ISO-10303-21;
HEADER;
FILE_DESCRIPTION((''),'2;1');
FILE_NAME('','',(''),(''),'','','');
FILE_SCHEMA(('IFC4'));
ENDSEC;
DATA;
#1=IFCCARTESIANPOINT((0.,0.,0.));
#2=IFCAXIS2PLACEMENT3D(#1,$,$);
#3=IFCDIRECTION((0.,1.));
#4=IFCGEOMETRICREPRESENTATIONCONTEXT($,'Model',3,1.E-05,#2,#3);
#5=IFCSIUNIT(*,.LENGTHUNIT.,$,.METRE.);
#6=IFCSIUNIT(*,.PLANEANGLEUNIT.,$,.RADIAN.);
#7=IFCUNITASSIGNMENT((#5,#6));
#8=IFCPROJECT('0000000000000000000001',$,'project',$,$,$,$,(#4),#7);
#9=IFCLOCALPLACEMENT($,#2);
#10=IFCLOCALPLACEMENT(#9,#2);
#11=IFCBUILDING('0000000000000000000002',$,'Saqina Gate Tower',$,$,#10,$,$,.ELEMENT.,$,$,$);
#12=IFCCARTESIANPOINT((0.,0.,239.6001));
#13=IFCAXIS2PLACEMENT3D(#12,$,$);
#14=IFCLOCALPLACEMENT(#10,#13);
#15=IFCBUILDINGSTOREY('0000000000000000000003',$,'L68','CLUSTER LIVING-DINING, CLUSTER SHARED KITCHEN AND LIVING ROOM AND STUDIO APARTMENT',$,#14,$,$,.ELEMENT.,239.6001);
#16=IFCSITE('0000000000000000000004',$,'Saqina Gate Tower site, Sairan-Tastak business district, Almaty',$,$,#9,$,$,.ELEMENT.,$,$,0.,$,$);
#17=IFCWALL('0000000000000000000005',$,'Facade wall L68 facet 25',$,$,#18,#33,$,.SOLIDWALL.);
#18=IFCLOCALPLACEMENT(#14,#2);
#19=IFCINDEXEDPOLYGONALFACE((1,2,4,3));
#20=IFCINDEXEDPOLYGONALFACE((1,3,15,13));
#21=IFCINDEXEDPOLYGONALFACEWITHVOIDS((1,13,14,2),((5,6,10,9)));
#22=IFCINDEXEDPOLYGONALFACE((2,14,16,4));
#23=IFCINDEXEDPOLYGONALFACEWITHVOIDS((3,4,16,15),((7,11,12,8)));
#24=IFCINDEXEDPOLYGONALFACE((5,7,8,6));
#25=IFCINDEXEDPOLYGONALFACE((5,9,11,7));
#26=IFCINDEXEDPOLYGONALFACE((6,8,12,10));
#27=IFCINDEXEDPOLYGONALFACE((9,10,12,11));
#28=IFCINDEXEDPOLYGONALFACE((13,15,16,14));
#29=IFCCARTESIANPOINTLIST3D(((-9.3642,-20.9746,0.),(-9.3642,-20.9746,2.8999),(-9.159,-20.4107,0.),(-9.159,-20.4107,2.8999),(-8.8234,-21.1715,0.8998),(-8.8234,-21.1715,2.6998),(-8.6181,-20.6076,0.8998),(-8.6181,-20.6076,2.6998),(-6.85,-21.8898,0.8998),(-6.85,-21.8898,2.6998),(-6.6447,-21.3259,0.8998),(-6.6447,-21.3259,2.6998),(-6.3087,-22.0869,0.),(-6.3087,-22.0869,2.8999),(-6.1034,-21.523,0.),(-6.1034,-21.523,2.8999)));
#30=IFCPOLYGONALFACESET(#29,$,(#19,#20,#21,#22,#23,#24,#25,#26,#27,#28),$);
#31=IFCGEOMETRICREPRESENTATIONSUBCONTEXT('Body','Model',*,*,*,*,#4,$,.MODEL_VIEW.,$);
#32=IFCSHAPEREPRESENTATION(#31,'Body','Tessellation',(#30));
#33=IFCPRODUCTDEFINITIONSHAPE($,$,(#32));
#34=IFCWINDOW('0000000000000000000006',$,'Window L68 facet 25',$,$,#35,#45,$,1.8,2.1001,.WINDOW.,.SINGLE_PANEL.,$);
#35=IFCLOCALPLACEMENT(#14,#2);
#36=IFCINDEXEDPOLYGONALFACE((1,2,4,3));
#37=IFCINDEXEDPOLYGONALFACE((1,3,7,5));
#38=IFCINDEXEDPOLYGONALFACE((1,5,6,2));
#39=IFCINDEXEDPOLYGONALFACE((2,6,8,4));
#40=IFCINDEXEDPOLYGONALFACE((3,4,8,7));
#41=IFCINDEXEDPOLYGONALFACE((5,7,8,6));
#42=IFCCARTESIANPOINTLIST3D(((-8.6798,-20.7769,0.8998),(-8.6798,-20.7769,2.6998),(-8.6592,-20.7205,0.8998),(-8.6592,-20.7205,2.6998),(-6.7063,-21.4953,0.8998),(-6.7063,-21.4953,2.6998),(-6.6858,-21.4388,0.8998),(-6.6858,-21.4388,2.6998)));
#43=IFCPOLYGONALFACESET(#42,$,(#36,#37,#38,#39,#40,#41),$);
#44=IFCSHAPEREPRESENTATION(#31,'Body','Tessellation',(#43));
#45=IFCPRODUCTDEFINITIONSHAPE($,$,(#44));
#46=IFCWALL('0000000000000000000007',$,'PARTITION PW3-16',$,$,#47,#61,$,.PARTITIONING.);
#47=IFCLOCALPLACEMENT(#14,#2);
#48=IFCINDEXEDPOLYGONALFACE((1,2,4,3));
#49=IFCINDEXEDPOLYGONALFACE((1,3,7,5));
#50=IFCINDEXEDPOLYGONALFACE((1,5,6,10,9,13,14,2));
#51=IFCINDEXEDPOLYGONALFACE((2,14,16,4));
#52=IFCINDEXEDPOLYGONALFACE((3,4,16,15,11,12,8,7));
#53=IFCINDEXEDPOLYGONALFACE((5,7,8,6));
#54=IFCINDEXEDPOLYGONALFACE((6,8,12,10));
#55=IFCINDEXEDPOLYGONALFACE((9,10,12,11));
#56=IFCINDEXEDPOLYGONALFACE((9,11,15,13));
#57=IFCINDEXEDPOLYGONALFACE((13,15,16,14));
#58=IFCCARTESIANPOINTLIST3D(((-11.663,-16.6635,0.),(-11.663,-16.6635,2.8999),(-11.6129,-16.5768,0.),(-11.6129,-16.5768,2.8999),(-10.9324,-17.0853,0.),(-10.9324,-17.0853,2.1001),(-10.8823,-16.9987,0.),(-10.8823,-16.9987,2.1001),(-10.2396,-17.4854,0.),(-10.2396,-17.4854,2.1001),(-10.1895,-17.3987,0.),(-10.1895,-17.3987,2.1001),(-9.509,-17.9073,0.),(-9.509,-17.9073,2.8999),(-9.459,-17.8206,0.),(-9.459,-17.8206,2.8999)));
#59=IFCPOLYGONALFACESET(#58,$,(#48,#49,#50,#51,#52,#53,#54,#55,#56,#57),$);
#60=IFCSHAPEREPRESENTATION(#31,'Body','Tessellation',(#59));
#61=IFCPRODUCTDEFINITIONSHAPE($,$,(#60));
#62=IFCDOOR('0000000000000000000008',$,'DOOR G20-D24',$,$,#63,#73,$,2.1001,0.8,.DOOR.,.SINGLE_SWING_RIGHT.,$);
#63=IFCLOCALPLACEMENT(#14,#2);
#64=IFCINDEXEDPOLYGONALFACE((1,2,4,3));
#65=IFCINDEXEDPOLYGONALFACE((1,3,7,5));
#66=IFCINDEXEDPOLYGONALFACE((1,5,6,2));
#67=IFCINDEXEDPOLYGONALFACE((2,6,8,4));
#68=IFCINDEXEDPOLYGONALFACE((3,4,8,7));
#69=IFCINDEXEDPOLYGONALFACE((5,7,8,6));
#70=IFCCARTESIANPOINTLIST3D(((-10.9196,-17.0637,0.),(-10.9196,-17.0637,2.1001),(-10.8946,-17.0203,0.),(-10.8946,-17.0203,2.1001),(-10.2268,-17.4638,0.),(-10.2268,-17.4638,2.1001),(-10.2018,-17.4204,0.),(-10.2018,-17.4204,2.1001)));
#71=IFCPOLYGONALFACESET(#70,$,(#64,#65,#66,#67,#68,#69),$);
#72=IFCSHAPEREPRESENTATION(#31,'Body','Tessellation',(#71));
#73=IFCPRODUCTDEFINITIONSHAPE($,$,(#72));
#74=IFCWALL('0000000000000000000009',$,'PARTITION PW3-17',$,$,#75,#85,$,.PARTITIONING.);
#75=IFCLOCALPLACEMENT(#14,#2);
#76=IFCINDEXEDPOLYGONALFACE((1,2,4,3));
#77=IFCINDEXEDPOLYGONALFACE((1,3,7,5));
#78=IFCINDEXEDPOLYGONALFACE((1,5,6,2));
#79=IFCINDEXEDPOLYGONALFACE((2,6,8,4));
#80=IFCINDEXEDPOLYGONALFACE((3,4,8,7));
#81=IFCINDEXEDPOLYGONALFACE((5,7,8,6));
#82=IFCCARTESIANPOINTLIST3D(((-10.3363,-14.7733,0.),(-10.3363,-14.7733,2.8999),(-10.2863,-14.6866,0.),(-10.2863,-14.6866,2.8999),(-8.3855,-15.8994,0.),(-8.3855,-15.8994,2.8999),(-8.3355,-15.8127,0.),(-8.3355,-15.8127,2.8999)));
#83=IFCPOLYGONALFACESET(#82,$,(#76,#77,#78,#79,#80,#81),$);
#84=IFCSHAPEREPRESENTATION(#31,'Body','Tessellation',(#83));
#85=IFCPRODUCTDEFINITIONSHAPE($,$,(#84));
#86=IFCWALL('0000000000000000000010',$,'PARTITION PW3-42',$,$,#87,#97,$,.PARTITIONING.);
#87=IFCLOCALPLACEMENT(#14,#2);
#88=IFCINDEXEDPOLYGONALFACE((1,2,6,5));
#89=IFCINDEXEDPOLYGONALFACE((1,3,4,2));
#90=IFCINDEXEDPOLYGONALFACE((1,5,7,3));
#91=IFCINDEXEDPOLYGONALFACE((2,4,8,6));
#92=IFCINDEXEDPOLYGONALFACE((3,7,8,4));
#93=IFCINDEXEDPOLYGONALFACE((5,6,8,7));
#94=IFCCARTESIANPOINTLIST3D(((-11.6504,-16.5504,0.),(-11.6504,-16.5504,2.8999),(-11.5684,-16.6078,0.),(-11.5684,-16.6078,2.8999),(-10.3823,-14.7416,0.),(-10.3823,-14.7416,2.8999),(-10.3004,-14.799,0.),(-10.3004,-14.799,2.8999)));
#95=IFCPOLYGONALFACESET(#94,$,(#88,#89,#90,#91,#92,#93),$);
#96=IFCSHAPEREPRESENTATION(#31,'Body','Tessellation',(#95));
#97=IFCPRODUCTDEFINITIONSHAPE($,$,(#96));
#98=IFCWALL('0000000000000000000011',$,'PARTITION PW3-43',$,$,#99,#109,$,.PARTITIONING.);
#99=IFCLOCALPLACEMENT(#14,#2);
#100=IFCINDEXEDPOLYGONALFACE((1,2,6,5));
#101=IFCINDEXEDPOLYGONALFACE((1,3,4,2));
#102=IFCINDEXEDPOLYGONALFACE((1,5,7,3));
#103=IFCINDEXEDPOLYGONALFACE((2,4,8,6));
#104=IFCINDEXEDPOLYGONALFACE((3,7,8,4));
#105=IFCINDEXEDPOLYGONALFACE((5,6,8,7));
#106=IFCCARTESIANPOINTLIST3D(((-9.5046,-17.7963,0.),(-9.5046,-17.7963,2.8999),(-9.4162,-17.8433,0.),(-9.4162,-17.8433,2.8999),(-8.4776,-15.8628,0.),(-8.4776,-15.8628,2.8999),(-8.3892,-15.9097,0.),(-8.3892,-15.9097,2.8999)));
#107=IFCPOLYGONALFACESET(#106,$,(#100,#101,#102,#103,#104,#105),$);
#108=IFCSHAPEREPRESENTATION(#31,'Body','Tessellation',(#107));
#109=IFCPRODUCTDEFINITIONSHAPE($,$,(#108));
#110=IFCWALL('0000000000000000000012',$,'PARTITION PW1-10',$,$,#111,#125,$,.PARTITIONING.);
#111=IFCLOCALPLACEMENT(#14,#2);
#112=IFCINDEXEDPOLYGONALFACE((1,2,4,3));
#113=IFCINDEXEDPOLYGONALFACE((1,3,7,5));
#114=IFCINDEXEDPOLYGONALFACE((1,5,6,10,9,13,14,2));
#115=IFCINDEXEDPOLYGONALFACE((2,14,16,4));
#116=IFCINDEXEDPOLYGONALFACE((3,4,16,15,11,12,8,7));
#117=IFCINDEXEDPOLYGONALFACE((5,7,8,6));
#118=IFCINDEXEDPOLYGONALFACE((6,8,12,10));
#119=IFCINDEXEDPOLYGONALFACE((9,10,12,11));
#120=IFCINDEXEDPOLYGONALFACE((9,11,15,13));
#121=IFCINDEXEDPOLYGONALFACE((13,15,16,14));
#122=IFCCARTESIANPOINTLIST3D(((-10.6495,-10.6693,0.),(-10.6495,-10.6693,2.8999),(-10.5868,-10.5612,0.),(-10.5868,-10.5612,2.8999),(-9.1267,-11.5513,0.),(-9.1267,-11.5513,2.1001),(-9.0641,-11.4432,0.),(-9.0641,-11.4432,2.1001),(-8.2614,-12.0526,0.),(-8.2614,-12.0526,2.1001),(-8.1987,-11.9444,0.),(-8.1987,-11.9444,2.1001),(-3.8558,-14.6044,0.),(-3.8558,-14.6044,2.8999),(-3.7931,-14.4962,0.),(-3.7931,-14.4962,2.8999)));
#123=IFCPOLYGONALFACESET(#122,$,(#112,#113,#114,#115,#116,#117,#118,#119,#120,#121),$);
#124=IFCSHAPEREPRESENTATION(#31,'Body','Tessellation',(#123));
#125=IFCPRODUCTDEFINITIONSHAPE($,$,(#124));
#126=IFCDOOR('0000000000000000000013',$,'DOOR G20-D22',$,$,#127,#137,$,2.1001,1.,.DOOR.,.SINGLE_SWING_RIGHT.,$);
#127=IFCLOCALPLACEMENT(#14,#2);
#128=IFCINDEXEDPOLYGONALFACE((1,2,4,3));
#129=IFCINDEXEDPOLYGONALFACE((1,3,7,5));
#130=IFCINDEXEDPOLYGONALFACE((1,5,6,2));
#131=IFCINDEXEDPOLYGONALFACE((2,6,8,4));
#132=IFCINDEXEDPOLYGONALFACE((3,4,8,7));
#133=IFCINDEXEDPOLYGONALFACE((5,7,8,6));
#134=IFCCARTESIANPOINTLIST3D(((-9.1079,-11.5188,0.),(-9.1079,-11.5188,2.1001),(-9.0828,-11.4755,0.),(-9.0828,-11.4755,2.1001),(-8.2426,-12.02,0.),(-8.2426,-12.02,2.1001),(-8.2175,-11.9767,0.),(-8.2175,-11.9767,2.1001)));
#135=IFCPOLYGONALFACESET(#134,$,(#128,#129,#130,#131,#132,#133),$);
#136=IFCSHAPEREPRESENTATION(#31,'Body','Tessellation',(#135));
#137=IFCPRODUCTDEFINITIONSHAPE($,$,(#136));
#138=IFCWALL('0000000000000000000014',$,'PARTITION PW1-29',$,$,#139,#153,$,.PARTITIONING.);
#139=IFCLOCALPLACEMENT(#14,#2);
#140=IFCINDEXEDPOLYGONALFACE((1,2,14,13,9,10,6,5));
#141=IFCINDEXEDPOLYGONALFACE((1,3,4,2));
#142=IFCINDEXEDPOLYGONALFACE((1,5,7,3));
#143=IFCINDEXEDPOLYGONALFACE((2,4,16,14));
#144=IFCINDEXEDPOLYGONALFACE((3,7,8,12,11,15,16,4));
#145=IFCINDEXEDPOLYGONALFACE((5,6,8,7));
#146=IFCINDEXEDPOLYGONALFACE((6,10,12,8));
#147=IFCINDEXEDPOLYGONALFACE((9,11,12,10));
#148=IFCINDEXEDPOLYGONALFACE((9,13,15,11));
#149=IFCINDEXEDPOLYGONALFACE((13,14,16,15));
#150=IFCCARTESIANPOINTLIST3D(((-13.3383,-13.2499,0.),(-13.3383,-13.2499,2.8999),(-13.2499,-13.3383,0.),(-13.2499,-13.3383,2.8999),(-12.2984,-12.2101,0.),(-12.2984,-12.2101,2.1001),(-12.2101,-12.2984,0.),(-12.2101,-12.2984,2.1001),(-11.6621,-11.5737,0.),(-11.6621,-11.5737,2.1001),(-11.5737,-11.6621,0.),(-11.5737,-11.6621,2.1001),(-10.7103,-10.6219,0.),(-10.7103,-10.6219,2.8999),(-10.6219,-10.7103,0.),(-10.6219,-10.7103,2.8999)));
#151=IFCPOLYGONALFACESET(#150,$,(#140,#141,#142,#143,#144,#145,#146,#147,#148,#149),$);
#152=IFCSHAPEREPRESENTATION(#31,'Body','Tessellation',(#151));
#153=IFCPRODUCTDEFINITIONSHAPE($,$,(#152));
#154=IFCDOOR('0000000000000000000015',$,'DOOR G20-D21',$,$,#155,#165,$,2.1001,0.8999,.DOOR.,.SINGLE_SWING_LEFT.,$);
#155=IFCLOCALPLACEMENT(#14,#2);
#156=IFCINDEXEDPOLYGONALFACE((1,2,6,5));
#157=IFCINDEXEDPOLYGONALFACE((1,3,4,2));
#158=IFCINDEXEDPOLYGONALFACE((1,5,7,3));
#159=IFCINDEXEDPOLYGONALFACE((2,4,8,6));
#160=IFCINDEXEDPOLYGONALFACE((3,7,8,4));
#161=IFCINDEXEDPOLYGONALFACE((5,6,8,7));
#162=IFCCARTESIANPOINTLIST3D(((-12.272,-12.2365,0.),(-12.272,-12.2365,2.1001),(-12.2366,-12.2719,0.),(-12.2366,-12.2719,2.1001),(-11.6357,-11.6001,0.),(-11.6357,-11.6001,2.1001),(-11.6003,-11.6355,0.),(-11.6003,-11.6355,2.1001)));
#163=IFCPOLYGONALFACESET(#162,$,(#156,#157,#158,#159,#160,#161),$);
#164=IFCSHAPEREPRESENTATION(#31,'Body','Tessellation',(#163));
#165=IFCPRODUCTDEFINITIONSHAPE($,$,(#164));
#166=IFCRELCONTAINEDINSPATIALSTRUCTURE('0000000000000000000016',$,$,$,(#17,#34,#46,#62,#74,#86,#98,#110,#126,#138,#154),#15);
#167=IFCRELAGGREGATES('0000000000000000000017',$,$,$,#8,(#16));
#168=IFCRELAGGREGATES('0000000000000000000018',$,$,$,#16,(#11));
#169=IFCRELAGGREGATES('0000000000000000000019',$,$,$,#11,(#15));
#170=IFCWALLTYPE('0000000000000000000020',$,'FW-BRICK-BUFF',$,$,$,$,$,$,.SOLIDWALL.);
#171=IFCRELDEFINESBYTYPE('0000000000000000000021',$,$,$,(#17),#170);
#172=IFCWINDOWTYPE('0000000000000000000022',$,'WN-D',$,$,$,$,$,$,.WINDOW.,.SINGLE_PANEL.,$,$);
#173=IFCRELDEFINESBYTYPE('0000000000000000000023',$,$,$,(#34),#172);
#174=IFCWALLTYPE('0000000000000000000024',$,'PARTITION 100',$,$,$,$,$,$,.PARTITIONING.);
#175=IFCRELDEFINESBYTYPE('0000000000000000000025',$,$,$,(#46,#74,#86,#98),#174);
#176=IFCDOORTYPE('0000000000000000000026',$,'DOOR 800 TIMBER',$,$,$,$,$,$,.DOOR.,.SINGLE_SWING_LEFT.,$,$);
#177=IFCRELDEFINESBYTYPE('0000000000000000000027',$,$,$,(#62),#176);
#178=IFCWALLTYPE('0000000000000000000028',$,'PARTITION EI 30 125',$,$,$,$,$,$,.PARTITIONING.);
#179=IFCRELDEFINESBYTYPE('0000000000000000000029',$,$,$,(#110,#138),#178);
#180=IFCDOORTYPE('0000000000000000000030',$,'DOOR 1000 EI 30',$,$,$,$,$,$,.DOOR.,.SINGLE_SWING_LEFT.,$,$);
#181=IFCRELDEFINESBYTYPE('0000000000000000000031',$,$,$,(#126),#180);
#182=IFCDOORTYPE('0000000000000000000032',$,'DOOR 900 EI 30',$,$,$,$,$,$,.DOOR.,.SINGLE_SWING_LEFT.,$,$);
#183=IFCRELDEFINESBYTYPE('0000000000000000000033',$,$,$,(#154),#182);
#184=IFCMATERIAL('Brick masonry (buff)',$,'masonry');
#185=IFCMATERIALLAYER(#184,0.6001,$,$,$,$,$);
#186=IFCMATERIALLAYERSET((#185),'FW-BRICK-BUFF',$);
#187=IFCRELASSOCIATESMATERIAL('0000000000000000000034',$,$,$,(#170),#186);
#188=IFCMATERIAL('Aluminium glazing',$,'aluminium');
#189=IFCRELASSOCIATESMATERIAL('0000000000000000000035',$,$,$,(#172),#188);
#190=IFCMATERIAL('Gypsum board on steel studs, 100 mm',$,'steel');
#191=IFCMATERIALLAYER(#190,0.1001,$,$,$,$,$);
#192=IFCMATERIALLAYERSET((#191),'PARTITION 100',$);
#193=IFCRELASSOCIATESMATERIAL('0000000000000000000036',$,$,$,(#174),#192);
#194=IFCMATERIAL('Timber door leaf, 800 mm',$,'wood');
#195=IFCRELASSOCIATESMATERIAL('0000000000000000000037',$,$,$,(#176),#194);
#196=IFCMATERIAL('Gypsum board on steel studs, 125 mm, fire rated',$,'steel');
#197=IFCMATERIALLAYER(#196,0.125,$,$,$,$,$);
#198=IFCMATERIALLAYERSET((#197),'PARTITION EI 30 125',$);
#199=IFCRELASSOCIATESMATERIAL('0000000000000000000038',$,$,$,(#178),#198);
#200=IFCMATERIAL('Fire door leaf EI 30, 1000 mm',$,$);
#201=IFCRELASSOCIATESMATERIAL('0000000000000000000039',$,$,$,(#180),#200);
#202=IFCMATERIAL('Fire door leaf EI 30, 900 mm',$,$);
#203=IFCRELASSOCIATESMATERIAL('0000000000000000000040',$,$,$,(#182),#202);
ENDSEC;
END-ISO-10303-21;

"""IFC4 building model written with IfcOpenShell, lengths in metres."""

from ifc_helpers import new_model, si_unit, direction, frame, frame_2d, origin, place, context, subcontext, project, spatial, rectangle, extrude, material, layer, layer_set, type_object, element, fill, save


model = new_model("IFC4")

# Units and contexts
model_context = context("Model", 3, precision=1e-05, world=origin(), true_north=direction((0.0, 1.0)))
body_context = subcontext(model_context, "Body", "Model", "MODEL_VIEW")
ifc_project = project(units=[si_unit("LENGTHUNIT", "METRE"), si_unit("PLANEANGLEUNIT", "RADIAN")], contexts=[model_context])

# Site, building, storey
site_placement = place(None, origin())
site = spatial("IfcSite", under=ifc_project, at=site_placement, Name="Saqina Gate Tower site, Sairan-Tastak business district, Almaty", CompositionType="ELEMENT", RefElevation=0.0)
building_placement = place(site_placement, origin())
building = spatial("IfcBuilding", under=site, at=building_placement, Name="Saqina Gate Tower", CompositionType="ELEMENT")
storey_placement = place(building_placement, frame((0.0, 0.0, 239.6001)))
storey = spatial("IfcBuildingStorey", under=building, at=storey_placement, Name="L68", Description="CLUSTER LIVING-DINING, CLUSTER SHARED KITCHEN AND LIVING ROOM AND STUDIO APARTMENT", CompositionType="ELEMENT", Elevation=239.6001)

# Wall, opening, window
ifc_material_1 = material(Name="Brick masonry (buff)", Category="masonry")
ifc_layer_1 = layer(ifc_material_1, 0.6001)
ifc_layer_set_1 = layer_set([ifc_layer_1], Name="FW-BRICK-BUFF")
wall_type_1 = type_object("IfcWallType", Name="FW-BRICK-BUFF", PredefinedType="SOLIDWALL", material=ifc_layer_set_1)
ifc_material_2 = material(Name="Aluminium glazing", Category="aluminium")
window_type = type_object("IfcWindowType", Name="WN-D", PartitioningType="SINGLE_PANEL", PredefinedType="WINDOW", material=ifc_material_2)
wall_1_placement = place(storey_placement, frame((-9.2617, -20.6926, 0.0), z_axis=(0.0, 0.0, 1.0), x_axis=(0.939679, -0.342057, 0.0)))
wall_1 = element("IfcWall", 1, at=wall_1_placement, inside=storey, type_object=wall_type_1, Name="Facade wall L68 facet 25", PredefinedType="SOLIDWALL", context=body_context, shape_type="SweptSolid", body=[
    extrude(rectangle(XDim=3.2517, YDim=0.6001, at=frame_2d((1.626, 0.0))), origin(), (0.0, 0.0, 1.0), 2.8999),
])
opening_1_placement = place(wall_1_placement, frame((0.5757, 0.0, 0.8999)))
opening_1 = element("IfcOpeningElement", 2, at=opening_1_placement, cuts=wall_1, PredefinedType="OPENING", context=body_context, shape_type="SweptSolid", body=[
    extrude(rectangle(XDim=2.1001, YDim=1.8, at=frame_2d((1.05, 0.8999))), frame((0.0, 0.312, 0.0), z_axis=(0.0, -1.0, 0.0), x_axis=(1.0, 0.0, 0.0)), (0.0, 0.0, 1.0), 0.624),
])
window_1_placement = place(opening_1_placement, origin())
window_1 = element("IfcWindow", 3, at=window_1_placement, inside=storey, type_object=window_type, Name="Window L68 facet 25", OverallHeight=1.8, OverallWidth=2.1001, PartitioningType="SINGLE_PANEL", PredefinedType="WINDOW", context=body_context, shape_type="SweptSolid", body=[
    extrude(rectangle(XDim=2.1001, YDim=1.8, at=frame_2d((1.05, 0.8999))), frame((0.0, 0.1799, 0.0), z_axis=(0.0, -1.0, 0.0), x_axis=(1.0, 0.0, 0.0)), (0.0, 0.0, 1.0), 0.0601),
])
fill(opening_1, window_1)

# Wall, opening, door
ifc_material_3 = material(Name="Gypsum board on steel studs, 100 mm", Category="steel")
ifc_layer_2 = layer(ifc_material_3, 0.1001)
ifc_layer_set_2 = layer_set([ifc_layer_2], Name="PARTITION 100")
wall_type_2 = type_object("IfcWallType", Name="PARTITION 100", PredefinedType="PARTITIONING", material=ifc_layer_set_2)
wall_2_placement = place(storey_placement, frame((-11.6379, -16.6201, 0.0), z_axis=(0.0, 0.0, 1.0), x_axis=(0.865981, -0.500076, 0.0)))
wall_2 = element("IfcWall", 4, at=wall_2_placement, inside=storey, type_object=wall_type_2, Name="PARTITION PW3-16", PredefinedType="PARTITIONING", context=body_context, shape_type="SweptSolid", body=[
    extrude(rectangle(XDim=2.4873, YDim=0.1001, at=frame_2d((1.2437, 0.0))), origin(), (0.0, 0.0, 1.0), 2.8999),
])
opening_2_placement = place(wall_2_placement, frame((0.8438, 0.0, 0.0)))
opening_2 = element("IfcOpeningElement", 5, at=opening_2_placement, cuts=wall_2, PredefinedType="OPENING", context=body_context, shape_type="SweptSolid", body=[
    extrude(rectangle(XDim=0.8, YDim=2.1001, at=frame_2d((0.3999, 1.05))), frame((0.0, 0.062, 0.0), z_axis=(0.0, -1.0, 0.0), x_axis=(1.0, 0.0, 0.0)), (0.0, 0.0, 1.0), 0.124),
])
ifc_material_4 = material(Name="Timber door leaf, 800 mm", Category="wood")
door_type_1 = type_object("IfcDoorType", Name="DOOR 800 TIMBER", OperationType="SINGLE_SWING_LEFT", PredefinedType="DOOR", material=ifc_material_4)
door_1_placement = place(opening_2_placement, frame((0.8, 0.0, 0.0), z_axis=(0.0, 0.0, 1.0), x_axis=(-1.0, 0.0, 0.0)))
door_1 = element("IfcDoor", 6, at=door_1_placement, inside=storey, type_object=door_type_1, Name="DOOR G20-D24", OperationType="SINGLE_SWING_RIGHT", OverallHeight=2.1001, OverallWidth=0.8, PredefinedType="DOOR", context=body_context, shape_type="SweptSolid", body=[
    extrude(rectangle(XDim=0.8, YDim=2.1001, at=frame_2d((0.3999, 1.05))), frame((0.0, 0.0249, 0.0), z_axis=(0.0, -1.0, 0.0), x_axis=(1.0, 0.0, 0.0)), (0.0, 0.0, 1.0), 0.05),
])
fill(opening_2, door_1)

# Walls
wall_3_placement = place(storey_placement, frame((-10.3113, -14.73, 0.0), z_axis=(0.0, 0.0, 1.0), x_axis=(0.866074, -0.499916, 0.0)))
element("IfcWall", 7, at=wall_3_placement, inside=storey, type_object=wall_type_2, Name="PARTITION PW3-17", PredefinedType="PARTITIONING", context=body_context, shape_type="SweptSolid", body=[
    extrude(rectangle(XDim=2.2524, YDim=0.1001, at=frame_2d((1.1262, 0.0))), origin(), (0.0, 0.0, 1.0), 2.8999),
])
wall_4_placement = place(storey_placement, frame((-11.6094, -16.5791, 0.0), z_axis=(0.0, 0.0, 1.0), x_axis=(0.574033, 0.818832, 0.0)))
element("IfcWall", 8, at=wall_4_placement, inside=storey, type_object=wall_type_2, Name="PARTITION PW3-42", PredefinedType="PARTITIONING", context=body_context, shape_type="SweptSolid", body=[
    extrude(rectangle(XDim=2.209, YDim=0.1001, at=frame_2d((1.1045, 0.0))), origin(), (0.0, 0.0, 1.0), 2.8999),
])
wall_5_placement = place(storey_placement, frame((-9.4604, -17.8198, 0.0), z_axis=(0.0, 0.0, 1.0), x_axis=(0.469112, 0.883139, 0.0)))
element("IfcWall", 9, at=wall_5_placement, inside=storey, type_object=wall_type_2, Name="PARTITION PW3-43", PredefinedType="PARTITIONING", context=body_context, shape_type="SweptSolid", body=[
    extrude(rectangle(XDim=2.1895, YDim=0.1001, at=frame_2d((1.0947, 0.0))), origin(), (0.0, 0.0, 1.0), 2.8999),
])

# Walls, openings, doors
ifc_material_5 = material(Name="Gypsum board on steel studs, 125 mm, fire rated", Category="steel")
ifc_layer_3 = layer(ifc_material_5, 0.125)
ifc_layer_set_3 = layer_set([ifc_layer_3], Name="PARTITION EI 30 125")
wall_type_3 = type_object("IfcWallType", Name="PARTITION EI 30 125", PredefinedType="PARTITIONING", material=ifc_layer_set_3)
wall_6_placement = place(storey_placement, frame((-10.6182, -10.6152, 0.0), z_axis=(0.0, 0.0, 1.0), x_axis=(0.865323, -0.501214, 0.0)))
wall_6 = element("IfcWall", 10, at=wall_6_placement, inside=storey, type_object=wall_type_3, Name="PARTITION PW1-10", PredefinedType="PARTITIONING", context=body_context, shape_type="SweptSolid", body=[
    extrude(rectangle(XDim=7.8511, YDim=0.125, at=frame_2d((3.9255, 0.0))), origin(), (0.0, 0.0, 1.0), 2.8999),
])
opening_3_placement = place(wall_6_placement, frame((1.7598, 0.0, 0.0)))
opening_3 = element("IfcOpeningElement", 11, at=opening_3_placement, cuts=wall_6, PredefinedType="OPENING", context=body_context, shape_type="SweptSolid", body=[
    extrude(rectangle(XDim=1.0, YDim=2.1001, at=frame_2d((0.5, 1.05))), frame((0.0, 0.0745, 0.0), z_axis=(0.0, -1.0, 0.0), x_axis=(1.0, 0.0, 0.0)), (0.0, 0.0, 1.0), 0.1489),
])
ifc_material_6 = material(Name="Fire door leaf EI 30, 1000 mm")
door_type_2 = type_object("IfcDoorType", Name="DOOR 1000 EI 30", OperationType="SINGLE_SWING_LEFT", PredefinedType="DOOR", material=ifc_material_6)
door_2_placement = place(opening_3_placement, frame((1.0, 0.0, 0.0), z_axis=(0.0, 0.0, 1.0), x_axis=(-1.0, 0.0, 0.0)))
door_2 = element("IfcDoor", 12, at=door_2_placement, inside=storey, type_object=door_type_2, Name="DOOR G20-D22", OperationType="SINGLE_SWING_RIGHT", OverallHeight=2.1001, OverallWidth=1.0, PredefinedType="DOOR", context=body_context, shape_type="SweptSolid", body=[
    extrude(rectangle(XDim=1.0, YDim=2.1001, at=frame_2d((0.5, 1.05))), frame((0.0, 0.0249, 0.0), z_axis=(0.0, -1.0, 0.0), x_axis=(1.0, 0.0, 0.0)), (0.0, 0.0, 1.0), 0.05),
])
fill(opening_3, door_2)
wall_7_placement = place(storey_placement, frame((-13.2942, -13.2942, 0.0), z_axis=(0.0, 0.0, 1.0), x_axis=(0.707107, 0.707107, 0.0)))
wall_7 = element("IfcWall", 13, at=wall_7_placement, inside=storey, type_object=wall_type_3, Name="PARTITION PW1-29", PredefinedType="PARTITIONING", context=body_context, shape_type="SweptSolid", body=[
    extrude(rectangle(XDim=3.7166, YDim=0.125, at=frame_2d((1.8584, 0.0))), origin(), (0.0, 0.0, 1.0), 2.8999),
])
opening_4_placement = place(wall_7_placement, frame((1.4707, 0.0, 0.0)))
opening_4 = element("IfcOpeningElement", 14, at=opening_4_placement, cuts=wall_7, PredefinedType="OPENING", context=body_context, shape_type="SweptSolid", body=[
    extrude(rectangle(XDim=0.8999, YDim=2.1001, at=frame_2d((0.45, 1.05))), frame((0.0, 0.0745, 0.0), z_axis=(0.0, -1.0, 0.0), x_axis=(1.0, 0.0, 0.0)), (0.0, 0.0, 1.0), 0.1489),
])
ifc_material_7 = material(Name="Fire door leaf EI 30, 900 mm")
door_type_3 = type_object("IfcDoorType", Name="DOOR 900 EI 30", OperationType="SINGLE_SWING_LEFT", PredefinedType="DOOR", material=ifc_material_7)
door_3_placement = place(opening_4_placement, frame((0.8999, 0.0, 0.0), z_axis=(0.0, 0.0, 1.0), x_axis=(-1.0, 0.0, 0.0)))
door_3 = element("IfcDoor", 15, at=door_3_placement, inside=storey, type_object=door_type_3, Name="DOOR G20-D21", OperationType="SINGLE_SWING_LEFT", OverallHeight=2.1001, OverallWidth=0.8999, PredefinedType="DOOR", context=body_context, shape_type="SweptSolid", body=[
    extrude(rectangle(XDim=0.8999, YDim=2.1001, at=frame_2d((0.45, 1.05))), frame((0.0, 0.0249, 0.0), z_axis=(0.0, -1.0, 0.0), x_axis=(1.0, 0.0, 0.0)), (0.0, 0.0, 1.0), 0.05),
])
fill(opening_4, door_3)

save(model, "model.ifc")
